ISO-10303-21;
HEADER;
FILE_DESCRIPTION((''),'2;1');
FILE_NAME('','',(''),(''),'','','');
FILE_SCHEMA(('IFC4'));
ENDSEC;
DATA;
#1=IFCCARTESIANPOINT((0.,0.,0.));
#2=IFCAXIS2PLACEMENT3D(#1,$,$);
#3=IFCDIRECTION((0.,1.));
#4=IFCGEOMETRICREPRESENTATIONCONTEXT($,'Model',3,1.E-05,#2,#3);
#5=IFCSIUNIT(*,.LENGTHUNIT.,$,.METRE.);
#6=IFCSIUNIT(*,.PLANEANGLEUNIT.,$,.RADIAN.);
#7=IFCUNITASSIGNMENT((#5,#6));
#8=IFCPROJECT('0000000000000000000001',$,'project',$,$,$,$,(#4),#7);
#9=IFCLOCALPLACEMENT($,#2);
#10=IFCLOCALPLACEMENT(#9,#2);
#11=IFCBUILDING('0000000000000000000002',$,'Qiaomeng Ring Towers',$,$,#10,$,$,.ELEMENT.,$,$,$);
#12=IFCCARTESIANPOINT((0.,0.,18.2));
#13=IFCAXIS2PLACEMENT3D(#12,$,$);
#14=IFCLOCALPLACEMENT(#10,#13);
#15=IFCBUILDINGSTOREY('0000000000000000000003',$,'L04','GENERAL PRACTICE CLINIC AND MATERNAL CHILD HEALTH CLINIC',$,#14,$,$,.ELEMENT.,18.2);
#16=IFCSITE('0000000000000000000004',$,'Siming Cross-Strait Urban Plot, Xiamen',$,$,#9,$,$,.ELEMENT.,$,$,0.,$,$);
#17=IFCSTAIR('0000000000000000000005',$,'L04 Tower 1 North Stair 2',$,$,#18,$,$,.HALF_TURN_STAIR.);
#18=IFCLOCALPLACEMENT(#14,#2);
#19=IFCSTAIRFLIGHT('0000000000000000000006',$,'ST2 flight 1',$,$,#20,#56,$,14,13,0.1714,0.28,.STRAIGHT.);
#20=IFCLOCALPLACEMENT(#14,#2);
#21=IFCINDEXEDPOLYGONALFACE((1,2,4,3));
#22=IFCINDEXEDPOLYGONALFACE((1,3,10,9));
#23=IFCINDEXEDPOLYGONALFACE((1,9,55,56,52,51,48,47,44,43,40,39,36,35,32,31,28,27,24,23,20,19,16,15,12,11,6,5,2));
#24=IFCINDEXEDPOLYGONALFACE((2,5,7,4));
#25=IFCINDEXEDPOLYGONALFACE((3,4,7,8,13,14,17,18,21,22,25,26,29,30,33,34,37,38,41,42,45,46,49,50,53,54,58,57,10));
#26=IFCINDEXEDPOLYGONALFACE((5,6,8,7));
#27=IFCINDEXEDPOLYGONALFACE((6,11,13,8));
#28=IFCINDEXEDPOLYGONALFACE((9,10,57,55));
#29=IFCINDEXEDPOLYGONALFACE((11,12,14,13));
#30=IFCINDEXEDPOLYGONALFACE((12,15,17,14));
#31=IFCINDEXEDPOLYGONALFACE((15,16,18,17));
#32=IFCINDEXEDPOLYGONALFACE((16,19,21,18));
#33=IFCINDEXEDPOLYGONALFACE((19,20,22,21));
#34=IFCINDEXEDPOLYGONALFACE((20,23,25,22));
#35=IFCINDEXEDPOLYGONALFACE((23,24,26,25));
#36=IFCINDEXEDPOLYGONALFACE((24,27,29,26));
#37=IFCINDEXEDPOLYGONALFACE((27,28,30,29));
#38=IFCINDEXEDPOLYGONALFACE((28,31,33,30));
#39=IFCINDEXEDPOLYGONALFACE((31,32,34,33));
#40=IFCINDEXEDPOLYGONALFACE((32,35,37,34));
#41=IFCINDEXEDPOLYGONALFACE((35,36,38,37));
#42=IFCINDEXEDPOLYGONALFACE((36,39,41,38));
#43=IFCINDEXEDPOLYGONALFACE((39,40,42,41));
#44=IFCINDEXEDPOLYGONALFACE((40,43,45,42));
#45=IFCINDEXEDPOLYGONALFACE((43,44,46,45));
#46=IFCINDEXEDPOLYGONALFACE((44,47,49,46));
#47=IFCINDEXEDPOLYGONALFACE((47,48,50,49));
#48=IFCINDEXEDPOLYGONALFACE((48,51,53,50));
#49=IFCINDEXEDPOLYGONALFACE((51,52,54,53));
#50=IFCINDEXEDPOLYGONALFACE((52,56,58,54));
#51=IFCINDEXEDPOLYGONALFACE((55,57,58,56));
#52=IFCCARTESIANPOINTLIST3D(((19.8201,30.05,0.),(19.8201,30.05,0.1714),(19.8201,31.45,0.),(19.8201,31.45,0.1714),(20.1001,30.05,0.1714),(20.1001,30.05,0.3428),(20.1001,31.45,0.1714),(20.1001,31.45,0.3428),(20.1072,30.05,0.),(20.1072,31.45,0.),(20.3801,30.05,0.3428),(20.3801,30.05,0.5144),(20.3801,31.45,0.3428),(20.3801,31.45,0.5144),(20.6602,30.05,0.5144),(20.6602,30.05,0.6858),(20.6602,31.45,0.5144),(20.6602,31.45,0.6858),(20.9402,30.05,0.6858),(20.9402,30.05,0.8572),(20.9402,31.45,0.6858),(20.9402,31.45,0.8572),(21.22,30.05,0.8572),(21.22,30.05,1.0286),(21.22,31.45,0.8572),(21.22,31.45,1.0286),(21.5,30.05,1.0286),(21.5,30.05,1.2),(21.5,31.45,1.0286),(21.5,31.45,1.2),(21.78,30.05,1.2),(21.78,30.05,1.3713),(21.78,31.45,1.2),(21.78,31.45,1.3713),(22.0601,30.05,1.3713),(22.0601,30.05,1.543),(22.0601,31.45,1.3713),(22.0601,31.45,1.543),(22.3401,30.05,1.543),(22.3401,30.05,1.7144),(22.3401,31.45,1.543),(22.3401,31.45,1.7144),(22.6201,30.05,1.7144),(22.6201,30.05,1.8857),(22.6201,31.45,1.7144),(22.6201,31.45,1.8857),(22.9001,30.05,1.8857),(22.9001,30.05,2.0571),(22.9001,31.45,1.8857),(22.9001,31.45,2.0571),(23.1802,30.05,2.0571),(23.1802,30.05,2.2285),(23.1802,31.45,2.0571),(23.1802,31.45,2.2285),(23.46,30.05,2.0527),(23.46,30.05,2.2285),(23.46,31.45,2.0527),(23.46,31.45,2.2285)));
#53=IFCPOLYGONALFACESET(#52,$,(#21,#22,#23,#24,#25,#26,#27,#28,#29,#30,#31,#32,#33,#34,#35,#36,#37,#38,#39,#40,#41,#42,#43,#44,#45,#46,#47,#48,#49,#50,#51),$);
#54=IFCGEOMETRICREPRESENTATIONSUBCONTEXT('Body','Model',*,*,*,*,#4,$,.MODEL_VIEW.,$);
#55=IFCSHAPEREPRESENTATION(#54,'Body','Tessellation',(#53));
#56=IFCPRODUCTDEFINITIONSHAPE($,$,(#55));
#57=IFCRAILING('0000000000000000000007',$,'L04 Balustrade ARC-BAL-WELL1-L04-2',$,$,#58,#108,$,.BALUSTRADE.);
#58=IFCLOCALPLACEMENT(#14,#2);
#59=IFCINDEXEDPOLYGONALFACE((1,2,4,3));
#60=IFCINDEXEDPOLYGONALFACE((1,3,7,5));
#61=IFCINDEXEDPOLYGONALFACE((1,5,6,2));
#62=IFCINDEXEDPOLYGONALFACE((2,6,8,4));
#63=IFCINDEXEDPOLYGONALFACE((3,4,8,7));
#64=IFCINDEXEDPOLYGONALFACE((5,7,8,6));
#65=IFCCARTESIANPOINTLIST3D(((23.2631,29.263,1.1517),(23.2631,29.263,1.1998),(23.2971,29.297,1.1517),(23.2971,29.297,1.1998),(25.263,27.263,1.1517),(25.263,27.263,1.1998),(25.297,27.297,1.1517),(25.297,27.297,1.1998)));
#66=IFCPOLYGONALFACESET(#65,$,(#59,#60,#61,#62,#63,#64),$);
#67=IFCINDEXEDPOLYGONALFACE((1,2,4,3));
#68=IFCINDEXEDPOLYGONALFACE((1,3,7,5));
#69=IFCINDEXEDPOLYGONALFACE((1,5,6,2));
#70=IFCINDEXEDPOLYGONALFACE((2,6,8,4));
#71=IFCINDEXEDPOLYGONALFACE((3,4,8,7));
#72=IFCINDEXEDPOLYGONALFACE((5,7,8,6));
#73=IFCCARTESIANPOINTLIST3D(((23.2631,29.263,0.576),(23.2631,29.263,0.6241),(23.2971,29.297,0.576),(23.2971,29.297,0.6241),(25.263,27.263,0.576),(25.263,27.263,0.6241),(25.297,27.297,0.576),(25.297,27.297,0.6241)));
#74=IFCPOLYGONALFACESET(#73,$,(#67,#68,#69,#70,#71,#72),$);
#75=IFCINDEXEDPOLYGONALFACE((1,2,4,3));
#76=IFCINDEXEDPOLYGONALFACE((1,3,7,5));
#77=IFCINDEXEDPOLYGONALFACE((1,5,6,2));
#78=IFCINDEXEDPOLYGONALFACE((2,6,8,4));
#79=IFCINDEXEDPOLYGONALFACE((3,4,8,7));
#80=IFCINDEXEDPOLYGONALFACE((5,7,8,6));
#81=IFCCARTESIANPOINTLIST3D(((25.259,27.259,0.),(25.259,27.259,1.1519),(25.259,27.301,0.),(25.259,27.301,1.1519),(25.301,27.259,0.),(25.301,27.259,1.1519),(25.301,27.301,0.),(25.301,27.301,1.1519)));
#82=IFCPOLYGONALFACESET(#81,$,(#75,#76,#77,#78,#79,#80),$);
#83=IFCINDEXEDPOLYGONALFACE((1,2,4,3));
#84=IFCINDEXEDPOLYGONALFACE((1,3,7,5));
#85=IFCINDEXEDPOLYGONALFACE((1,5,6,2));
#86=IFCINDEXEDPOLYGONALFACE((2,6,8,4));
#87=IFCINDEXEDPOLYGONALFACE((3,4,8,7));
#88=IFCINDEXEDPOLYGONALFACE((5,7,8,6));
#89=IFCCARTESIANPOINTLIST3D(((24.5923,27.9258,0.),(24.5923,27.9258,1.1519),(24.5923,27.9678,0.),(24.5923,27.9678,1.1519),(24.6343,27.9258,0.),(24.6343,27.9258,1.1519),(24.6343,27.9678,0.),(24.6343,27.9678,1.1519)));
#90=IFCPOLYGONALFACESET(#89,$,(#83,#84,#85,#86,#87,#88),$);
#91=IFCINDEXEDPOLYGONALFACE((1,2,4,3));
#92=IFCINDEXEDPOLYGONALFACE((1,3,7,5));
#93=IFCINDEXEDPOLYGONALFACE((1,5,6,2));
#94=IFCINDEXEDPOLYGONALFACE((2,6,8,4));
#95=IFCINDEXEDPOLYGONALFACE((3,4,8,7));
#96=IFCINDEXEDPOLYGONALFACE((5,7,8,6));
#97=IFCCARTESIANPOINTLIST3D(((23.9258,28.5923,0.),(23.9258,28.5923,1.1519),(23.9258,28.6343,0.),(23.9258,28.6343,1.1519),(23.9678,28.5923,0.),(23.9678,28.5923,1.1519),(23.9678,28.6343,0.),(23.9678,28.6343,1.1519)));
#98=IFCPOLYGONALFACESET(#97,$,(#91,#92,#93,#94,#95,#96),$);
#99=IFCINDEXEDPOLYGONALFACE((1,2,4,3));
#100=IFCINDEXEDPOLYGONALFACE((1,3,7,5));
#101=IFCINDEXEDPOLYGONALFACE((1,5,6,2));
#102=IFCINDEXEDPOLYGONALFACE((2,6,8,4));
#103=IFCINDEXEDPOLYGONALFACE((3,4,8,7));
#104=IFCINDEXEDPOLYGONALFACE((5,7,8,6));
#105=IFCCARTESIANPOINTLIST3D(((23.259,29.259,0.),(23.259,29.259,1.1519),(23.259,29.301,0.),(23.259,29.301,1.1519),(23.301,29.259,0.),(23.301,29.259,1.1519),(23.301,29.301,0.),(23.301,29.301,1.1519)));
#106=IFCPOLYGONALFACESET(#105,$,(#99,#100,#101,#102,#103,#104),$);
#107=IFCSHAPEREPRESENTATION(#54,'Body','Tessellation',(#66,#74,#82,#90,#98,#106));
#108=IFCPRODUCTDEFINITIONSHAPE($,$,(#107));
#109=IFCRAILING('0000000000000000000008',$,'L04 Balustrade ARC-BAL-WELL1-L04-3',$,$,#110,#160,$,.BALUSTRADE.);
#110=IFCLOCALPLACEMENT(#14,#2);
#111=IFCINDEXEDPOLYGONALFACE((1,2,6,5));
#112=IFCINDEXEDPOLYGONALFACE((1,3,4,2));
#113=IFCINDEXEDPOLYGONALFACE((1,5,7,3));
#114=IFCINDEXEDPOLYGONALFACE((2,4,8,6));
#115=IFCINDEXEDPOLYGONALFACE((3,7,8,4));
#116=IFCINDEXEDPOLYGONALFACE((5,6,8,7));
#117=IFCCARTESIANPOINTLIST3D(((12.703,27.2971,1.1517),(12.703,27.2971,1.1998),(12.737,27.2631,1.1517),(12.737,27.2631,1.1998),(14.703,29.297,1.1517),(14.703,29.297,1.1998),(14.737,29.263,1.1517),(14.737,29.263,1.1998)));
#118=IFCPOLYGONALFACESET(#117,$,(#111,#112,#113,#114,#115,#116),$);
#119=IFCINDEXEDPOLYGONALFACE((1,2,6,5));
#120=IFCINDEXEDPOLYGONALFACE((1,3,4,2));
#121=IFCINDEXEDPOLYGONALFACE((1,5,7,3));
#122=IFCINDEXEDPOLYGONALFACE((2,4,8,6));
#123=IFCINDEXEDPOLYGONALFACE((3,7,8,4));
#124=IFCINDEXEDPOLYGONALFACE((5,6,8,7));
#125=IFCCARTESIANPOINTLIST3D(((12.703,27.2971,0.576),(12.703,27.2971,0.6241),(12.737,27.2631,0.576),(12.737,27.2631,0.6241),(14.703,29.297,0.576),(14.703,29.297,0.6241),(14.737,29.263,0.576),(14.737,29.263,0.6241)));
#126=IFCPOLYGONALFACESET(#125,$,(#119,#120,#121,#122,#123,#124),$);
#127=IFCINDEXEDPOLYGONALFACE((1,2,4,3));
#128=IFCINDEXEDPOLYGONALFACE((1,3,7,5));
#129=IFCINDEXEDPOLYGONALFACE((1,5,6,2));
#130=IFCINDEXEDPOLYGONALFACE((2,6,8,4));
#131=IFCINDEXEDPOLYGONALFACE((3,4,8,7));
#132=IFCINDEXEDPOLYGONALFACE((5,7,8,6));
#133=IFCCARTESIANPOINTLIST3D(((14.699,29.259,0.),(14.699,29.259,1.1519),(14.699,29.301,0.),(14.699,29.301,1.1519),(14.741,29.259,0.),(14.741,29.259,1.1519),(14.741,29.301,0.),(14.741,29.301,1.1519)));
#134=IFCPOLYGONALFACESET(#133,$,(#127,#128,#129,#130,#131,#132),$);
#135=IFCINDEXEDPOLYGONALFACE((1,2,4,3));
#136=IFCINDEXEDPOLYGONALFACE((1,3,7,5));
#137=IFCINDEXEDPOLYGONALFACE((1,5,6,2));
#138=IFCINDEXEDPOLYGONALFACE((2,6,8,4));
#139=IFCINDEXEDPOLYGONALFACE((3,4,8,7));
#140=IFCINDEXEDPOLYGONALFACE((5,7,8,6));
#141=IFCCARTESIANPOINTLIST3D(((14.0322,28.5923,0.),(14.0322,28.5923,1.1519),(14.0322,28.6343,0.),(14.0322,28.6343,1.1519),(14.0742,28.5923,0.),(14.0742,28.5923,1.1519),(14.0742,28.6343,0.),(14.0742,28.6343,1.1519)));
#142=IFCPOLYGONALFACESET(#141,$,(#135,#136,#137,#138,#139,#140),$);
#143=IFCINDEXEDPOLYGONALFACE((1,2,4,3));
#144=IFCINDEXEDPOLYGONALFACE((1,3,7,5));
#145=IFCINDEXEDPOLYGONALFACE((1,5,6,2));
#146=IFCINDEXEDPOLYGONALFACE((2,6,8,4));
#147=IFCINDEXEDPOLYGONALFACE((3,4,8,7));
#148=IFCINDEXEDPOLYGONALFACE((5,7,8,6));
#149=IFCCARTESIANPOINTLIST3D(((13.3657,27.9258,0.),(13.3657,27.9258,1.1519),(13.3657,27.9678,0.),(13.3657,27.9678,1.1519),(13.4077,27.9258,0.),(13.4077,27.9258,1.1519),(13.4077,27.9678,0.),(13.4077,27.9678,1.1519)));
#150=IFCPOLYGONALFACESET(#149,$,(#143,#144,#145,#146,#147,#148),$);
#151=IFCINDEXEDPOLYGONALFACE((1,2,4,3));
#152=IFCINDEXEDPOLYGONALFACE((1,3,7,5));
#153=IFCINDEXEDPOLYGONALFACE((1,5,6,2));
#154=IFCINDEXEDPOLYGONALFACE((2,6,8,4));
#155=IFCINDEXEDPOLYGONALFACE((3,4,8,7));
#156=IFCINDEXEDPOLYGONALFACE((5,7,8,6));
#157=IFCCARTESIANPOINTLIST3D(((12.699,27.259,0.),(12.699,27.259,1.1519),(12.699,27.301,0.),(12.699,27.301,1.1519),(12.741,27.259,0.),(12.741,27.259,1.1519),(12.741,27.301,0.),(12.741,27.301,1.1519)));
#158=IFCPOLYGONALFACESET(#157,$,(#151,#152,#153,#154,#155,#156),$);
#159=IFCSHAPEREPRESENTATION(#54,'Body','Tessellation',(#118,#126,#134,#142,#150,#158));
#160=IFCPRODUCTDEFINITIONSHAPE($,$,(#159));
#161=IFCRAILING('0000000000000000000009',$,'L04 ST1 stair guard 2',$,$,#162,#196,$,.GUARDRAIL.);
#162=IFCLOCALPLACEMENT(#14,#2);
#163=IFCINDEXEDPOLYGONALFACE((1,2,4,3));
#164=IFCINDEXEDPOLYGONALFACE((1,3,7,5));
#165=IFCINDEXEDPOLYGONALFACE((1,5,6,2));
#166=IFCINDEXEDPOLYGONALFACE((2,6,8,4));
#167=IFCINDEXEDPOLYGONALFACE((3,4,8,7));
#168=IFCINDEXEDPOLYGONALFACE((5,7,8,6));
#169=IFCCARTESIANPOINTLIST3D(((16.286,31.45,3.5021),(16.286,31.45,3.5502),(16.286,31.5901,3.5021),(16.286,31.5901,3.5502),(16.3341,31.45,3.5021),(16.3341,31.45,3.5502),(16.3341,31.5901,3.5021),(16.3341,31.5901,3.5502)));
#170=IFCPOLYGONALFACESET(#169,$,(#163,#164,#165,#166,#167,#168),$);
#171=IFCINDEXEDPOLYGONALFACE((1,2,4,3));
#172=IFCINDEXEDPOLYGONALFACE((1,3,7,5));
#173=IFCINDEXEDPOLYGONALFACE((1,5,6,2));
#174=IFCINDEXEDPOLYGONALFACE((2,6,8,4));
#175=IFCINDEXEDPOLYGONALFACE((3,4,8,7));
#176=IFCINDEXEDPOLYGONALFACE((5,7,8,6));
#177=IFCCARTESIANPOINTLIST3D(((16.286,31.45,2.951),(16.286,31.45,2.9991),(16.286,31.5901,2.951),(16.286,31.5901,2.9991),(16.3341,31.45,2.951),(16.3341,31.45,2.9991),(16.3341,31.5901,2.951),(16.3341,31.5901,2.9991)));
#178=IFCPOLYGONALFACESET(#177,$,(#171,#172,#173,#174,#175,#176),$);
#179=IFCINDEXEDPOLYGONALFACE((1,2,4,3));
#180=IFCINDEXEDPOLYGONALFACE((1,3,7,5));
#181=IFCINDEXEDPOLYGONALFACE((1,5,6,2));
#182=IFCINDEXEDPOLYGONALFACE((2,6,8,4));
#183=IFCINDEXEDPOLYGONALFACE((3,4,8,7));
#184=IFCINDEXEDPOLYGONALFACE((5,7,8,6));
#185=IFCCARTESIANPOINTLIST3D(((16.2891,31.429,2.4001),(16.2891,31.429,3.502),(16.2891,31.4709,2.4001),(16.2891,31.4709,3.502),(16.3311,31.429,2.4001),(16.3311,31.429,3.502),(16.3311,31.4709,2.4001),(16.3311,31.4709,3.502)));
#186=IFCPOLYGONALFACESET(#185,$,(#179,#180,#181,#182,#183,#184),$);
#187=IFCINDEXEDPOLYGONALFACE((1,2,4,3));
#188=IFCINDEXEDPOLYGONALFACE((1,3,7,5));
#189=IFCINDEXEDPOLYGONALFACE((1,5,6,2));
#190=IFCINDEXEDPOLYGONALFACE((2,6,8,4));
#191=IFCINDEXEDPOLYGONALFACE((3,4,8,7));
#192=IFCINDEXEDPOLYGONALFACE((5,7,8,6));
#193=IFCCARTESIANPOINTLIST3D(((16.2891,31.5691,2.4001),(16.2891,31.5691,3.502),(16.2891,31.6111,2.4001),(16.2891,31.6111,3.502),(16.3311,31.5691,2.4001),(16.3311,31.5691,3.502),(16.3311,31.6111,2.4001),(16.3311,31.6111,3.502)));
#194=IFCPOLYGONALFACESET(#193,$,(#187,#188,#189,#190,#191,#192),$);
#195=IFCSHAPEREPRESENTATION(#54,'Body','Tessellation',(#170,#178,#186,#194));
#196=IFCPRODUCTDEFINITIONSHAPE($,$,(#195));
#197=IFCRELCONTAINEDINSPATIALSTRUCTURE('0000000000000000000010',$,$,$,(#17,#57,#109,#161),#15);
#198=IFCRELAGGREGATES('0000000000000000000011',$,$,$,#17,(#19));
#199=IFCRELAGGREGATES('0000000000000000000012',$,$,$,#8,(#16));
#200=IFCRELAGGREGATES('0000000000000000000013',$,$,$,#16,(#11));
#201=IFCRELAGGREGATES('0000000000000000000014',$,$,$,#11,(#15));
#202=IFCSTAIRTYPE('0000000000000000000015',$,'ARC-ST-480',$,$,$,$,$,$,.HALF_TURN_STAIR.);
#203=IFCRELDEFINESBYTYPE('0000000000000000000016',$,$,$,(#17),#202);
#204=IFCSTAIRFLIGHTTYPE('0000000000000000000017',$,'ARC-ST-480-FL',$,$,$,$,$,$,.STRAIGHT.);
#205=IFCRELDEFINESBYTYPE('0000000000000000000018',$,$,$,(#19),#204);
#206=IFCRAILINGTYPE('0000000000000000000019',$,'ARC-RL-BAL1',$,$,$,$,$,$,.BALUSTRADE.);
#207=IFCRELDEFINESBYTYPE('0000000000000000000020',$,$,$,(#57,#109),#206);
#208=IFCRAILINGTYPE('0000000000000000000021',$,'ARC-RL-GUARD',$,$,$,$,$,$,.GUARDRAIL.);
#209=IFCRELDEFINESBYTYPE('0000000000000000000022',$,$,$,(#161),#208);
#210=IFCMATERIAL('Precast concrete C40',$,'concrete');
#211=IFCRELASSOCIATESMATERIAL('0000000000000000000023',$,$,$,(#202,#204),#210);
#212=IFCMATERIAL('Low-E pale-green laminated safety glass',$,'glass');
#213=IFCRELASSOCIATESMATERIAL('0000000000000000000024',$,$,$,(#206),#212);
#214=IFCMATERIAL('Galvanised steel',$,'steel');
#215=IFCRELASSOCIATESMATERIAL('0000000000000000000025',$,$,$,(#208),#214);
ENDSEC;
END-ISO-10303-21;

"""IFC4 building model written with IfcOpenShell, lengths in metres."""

from ifc_helpers import new_model, si_unit, direction, frame, origin, origin_2d, place, context, subcontext, project, spatial, polyline, rectangle, outline, extrude, source, transform, mapped, material, type_object, element, aggregate, save


model = new_model("IFC4")

# Units and contexts
model_context = context("Model", 3, precision=1e-05, world=origin(), true_north=direction((0.0, 1.0)))
body_context = subcontext(model_context, "Body", "Model", "MODEL_VIEW")
ifc_project = project(units=[si_unit("LENGTHUNIT", "METRE"), si_unit("PLANEANGLEUNIT", "RADIAN")], contexts=[model_context])

# Site, building, storey
site_placement = place(None, origin())
site = spatial("IfcSite", under=ifc_project, at=site_placement, Name="Siming Cross-Strait Urban Plot, Xiamen", CompositionType="ELEMENT", RefElevation=0.0)
building_placement = place(site_placement, origin())
building = spatial("IfcBuilding", under=site, at=building_placement, Name="Qiaomeng Ring Towers", CompositionType="ELEMENT")
storey_placement = place(building_placement, frame((0.0, 0.0, 18.2)))
storey = spatial("IfcBuildingStorey", under=building, at=storey_placement, Name="L04", Description="GENERAL PRACTICE CLINIC AND MATERNAL CHILD HEALTH CLINIC", CompositionType="ELEMENT", Elevation=18.2)

# Shared definitions
ifc_material_1 = material(Name="Galvanised steel", Category="steel")

# Stair, stair flight
ifc_material_2 = material(Name="Precast concrete C40", Category="concrete")
stair_type = type_object("IfcStairType", Name="ARC-ST-480", PredefinedType="HALF_TURN_STAIR", material=ifc_material_2)
stair_placement = place(storey_placement, origin())
stair = element("IfcStair", 1, at=stair_placement, inside=storey, type_object=stair_type, Name="L04 Tower 1 North Stair 2", PredefinedType="HALF_TURN_STAIR")
stair_flight_type = type_object("IfcStairFlightType", Name="ARC-ST-480-FL", PredefinedType="STRAIGHT", material=ifc_material_2)
shared_shape_1 = source(origin(), body_context, "Body", "SweptSolid", [
    extrude(outline(polyline([(0.0, 0.0), (0.0, 0.1714), (0.28, 0.1714), (0.28, 0.3428), (0.5601, 0.3428), (0.5601, 0.5144), (0.8401, 0.5144), (0.8401, 0.6858), (1.1201, 0.6858), (1.1201, 0.8572), (1.3999, 0.8572), (1.3999, 1.0286), (1.6799, 1.0286), (1.6799, 1.2), (1.96, 1.2), (1.96, 1.3713), (2.24, 1.3713), (2.24, 1.543), (2.52, 1.543), (2.52, 1.7144), (2.8, 1.7144), (2.8, 1.8857), (3.0801, 1.8857), (3.0801, 2.0571), (3.3601, 2.0571), (3.3601, 2.2285), (3.6399, 2.2285), (3.6399, 2.3999), (3.6399, 2.0527), (0.2871, 0.0), (0.0, 0.0)])), frame((0.0, 0.7, 0.0), z_axis=(0.0, -1.0, 0.0), x_axis=(1.0, 0.0, 0.0)), (0.0, 0.0, 1.0), 1.3999),
])
stair_flight_placement = place(storey_placement, frame((19.8201, 30.75, 0.0), z_axis=(0.0, 0.0, 1.0), x_axis=(1.0, 0.0, 0.0)))
stair_flight = element("IfcStairFlight", 2, at=stair_flight_placement, type_object=stair_flight_type, Name="ST2 flight 1", NumberOfRisers=14, NumberOfTreads=13, PredefinedType="STRAIGHT", RiserHeight=0.1714, TreadLength=0.28, context=body_context, shape_type="MappedRepresentation", body=[
    mapped(shared_shape_1, transform((0.0, 0.0, 0.0), x_axis=(1.0, 0.0, 0.0), y_axis=(0.0, 1.0, 0.0), z_axis=(0.0, 0.0, 1.0), scale=1.0)),
])
aggregate(stair, [stair_flight])

# Railings
ifc_material_3 = material(Name="Low-E pale-green laminated safety glass", Category="glass")
railing_type_1 = type_object("IfcRailingType", Name="ARC-RL-BAL1", PredefinedType="BALUSTRADE", material=ifc_material_3)
railing_1_placement = place(storey_placement, frame((25.28, 27.28, 0.0)))
element("IfcRailing", 3, at=railing_1_placement, inside=storey, type_object=railing_type_1, Name="L04 Balustrade ARC-BAL-WELL1-L04-2", PredefinedType="BALUSTRADE", context=body_context, shape_type="SweptSolid", body=[
    extrude(rectangle(XDim=0.0481, YDim=0.0481, at=origin_2d()), frame((0.0, 0.0, 1.1758), z_axis=(-0.707107, 0.707107, 0.0), x_axis=(-0.707107, -0.707107, 0.0)), (0.0, 0.0, 1.0), 2.8284),
    extrude(rectangle(XDim=0.0481, YDim=0.0481, at=origin_2d()), frame((0.0, 0.0, 0.6001), z_axis=(-0.707107, 0.707107, 0.0), x_axis=(-0.707107, -0.707107, 0.0)), (0.0, 0.0, 1.0), 2.8284),
    extrude(rectangle(XDim=0.042, YDim=0.042, at=origin_2d()), origin(), (0.0, 0.0, 1.0), 1.1519),
    extrude(rectangle(XDim=0.042, YDim=0.042, at=origin_2d()), frame((-0.6667, 0.6667, 0.0)), (0.0, 0.0, 1.0), 1.1519),
    extrude(rectangle(XDim=0.042, YDim=0.042, at=origin_2d()), frame((-1.3333, 1.3333, 0.0)), (0.0, 0.0, 1.0), 1.1519),
    extrude(rectangle(XDim=0.042, YDim=0.042, at=origin_2d()), frame((-2.0, 2.0, 0.0)), (0.0, 0.0, 1.0), 1.1519),
])
railing_2_placement = place(storey_placement, frame((14.72, 29.28, 0.0)))
element("IfcRailing", 4, at=railing_2_placement, inside=storey, type_object=railing_type_1, Name="L04 Balustrade ARC-BAL-WELL1-L04-3", PredefinedType="BALUSTRADE", context=body_context, shape_type="SweptSolid", body=[
    extrude(rectangle(XDim=0.0481, YDim=0.0481, at=origin_2d()), frame((0.0, 0.0, 1.1758), z_axis=(-0.707107, -0.707107, 0.0), x_axis=(0.707107, -0.707107, 0.0)), (0.0, 0.0, 1.0), 2.8284),
    extrude(rectangle(XDim=0.0481, YDim=0.0481, at=origin_2d()), frame((0.0, 0.0, 0.6001), z_axis=(-0.707107, -0.707107, 0.0), x_axis=(0.707107, -0.707107, 0.0)), (0.0, 0.0, 1.0), 2.8284),
    extrude(rectangle(XDim=0.042, YDim=0.042, at=origin_2d()), origin(), (0.0, 0.0, 1.0), 1.1519),
    extrude(rectangle(XDim=0.042, YDim=0.042, at=origin_2d()), frame((-0.6667, -0.6667, 0.0)), (0.0, 0.0, 1.0), 1.1519),
    extrude(rectangle(XDim=0.042, YDim=0.042, at=origin_2d()), frame((-1.3333, -1.3333, 0.0)), (0.0, 0.0, 1.0), 1.1519),
    extrude(rectangle(XDim=0.042, YDim=0.042, at=origin_2d()), frame((-2.0, -2.0, 0.0)), (0.0, 0.0, 1.0), 1.1519),
])
railing_type_2 = type_object("IfcRailingType", Name="ARC-RL-GUARD", PredefinedType="GUARDRAIL", material=ifc_material_1)
railing_3_placement = place(storey_placement, frame((16.3101, 31.45, 2.4001)))
element("IfcRailing", 5, at=railing_3_placement, inside=storey, type_object=railing_type_2, Name="L04 ST1 stair guard 2", PredefinedType="GUARDRAIL", context=body_context, shape_type="SweptSolid", body=[
    extrude(rectangle(XDim=0.0481, YDim=0.0481, at=origin_2d()), frame((0.0, 0.0, 1.126), z_axis=(0.0, 1.0, 0.0), x_axis=(-1.0, 0.0, 0.0)), (0.0, 0.0, 1.0), 0.1401),
    extrude(rectangle(XDim=0.0481, YDim=0.0481, at=origin_2d()), frame((0.0, 0.0, 0.575), z_axis=(0.0, 1.0, 0.0), x_axis=(-1.0, 0.0, 0.0)), (0.0, 0.0, 1.0), 0.1401),
    extrude(rectangle(XDim=0.042, YDim=0.042, at=origin_2d()), origin(), (0.0, 0.0, 1.0), 1.1018),
    extrude(rectangle(XDim=0.042, YDim=0.042, at=origin_2d()), frame((0.0, 0.1401, 0.0)), (0.0, 0.0, 1.0), 1.1018),
])

save(model, "model.ifc")
